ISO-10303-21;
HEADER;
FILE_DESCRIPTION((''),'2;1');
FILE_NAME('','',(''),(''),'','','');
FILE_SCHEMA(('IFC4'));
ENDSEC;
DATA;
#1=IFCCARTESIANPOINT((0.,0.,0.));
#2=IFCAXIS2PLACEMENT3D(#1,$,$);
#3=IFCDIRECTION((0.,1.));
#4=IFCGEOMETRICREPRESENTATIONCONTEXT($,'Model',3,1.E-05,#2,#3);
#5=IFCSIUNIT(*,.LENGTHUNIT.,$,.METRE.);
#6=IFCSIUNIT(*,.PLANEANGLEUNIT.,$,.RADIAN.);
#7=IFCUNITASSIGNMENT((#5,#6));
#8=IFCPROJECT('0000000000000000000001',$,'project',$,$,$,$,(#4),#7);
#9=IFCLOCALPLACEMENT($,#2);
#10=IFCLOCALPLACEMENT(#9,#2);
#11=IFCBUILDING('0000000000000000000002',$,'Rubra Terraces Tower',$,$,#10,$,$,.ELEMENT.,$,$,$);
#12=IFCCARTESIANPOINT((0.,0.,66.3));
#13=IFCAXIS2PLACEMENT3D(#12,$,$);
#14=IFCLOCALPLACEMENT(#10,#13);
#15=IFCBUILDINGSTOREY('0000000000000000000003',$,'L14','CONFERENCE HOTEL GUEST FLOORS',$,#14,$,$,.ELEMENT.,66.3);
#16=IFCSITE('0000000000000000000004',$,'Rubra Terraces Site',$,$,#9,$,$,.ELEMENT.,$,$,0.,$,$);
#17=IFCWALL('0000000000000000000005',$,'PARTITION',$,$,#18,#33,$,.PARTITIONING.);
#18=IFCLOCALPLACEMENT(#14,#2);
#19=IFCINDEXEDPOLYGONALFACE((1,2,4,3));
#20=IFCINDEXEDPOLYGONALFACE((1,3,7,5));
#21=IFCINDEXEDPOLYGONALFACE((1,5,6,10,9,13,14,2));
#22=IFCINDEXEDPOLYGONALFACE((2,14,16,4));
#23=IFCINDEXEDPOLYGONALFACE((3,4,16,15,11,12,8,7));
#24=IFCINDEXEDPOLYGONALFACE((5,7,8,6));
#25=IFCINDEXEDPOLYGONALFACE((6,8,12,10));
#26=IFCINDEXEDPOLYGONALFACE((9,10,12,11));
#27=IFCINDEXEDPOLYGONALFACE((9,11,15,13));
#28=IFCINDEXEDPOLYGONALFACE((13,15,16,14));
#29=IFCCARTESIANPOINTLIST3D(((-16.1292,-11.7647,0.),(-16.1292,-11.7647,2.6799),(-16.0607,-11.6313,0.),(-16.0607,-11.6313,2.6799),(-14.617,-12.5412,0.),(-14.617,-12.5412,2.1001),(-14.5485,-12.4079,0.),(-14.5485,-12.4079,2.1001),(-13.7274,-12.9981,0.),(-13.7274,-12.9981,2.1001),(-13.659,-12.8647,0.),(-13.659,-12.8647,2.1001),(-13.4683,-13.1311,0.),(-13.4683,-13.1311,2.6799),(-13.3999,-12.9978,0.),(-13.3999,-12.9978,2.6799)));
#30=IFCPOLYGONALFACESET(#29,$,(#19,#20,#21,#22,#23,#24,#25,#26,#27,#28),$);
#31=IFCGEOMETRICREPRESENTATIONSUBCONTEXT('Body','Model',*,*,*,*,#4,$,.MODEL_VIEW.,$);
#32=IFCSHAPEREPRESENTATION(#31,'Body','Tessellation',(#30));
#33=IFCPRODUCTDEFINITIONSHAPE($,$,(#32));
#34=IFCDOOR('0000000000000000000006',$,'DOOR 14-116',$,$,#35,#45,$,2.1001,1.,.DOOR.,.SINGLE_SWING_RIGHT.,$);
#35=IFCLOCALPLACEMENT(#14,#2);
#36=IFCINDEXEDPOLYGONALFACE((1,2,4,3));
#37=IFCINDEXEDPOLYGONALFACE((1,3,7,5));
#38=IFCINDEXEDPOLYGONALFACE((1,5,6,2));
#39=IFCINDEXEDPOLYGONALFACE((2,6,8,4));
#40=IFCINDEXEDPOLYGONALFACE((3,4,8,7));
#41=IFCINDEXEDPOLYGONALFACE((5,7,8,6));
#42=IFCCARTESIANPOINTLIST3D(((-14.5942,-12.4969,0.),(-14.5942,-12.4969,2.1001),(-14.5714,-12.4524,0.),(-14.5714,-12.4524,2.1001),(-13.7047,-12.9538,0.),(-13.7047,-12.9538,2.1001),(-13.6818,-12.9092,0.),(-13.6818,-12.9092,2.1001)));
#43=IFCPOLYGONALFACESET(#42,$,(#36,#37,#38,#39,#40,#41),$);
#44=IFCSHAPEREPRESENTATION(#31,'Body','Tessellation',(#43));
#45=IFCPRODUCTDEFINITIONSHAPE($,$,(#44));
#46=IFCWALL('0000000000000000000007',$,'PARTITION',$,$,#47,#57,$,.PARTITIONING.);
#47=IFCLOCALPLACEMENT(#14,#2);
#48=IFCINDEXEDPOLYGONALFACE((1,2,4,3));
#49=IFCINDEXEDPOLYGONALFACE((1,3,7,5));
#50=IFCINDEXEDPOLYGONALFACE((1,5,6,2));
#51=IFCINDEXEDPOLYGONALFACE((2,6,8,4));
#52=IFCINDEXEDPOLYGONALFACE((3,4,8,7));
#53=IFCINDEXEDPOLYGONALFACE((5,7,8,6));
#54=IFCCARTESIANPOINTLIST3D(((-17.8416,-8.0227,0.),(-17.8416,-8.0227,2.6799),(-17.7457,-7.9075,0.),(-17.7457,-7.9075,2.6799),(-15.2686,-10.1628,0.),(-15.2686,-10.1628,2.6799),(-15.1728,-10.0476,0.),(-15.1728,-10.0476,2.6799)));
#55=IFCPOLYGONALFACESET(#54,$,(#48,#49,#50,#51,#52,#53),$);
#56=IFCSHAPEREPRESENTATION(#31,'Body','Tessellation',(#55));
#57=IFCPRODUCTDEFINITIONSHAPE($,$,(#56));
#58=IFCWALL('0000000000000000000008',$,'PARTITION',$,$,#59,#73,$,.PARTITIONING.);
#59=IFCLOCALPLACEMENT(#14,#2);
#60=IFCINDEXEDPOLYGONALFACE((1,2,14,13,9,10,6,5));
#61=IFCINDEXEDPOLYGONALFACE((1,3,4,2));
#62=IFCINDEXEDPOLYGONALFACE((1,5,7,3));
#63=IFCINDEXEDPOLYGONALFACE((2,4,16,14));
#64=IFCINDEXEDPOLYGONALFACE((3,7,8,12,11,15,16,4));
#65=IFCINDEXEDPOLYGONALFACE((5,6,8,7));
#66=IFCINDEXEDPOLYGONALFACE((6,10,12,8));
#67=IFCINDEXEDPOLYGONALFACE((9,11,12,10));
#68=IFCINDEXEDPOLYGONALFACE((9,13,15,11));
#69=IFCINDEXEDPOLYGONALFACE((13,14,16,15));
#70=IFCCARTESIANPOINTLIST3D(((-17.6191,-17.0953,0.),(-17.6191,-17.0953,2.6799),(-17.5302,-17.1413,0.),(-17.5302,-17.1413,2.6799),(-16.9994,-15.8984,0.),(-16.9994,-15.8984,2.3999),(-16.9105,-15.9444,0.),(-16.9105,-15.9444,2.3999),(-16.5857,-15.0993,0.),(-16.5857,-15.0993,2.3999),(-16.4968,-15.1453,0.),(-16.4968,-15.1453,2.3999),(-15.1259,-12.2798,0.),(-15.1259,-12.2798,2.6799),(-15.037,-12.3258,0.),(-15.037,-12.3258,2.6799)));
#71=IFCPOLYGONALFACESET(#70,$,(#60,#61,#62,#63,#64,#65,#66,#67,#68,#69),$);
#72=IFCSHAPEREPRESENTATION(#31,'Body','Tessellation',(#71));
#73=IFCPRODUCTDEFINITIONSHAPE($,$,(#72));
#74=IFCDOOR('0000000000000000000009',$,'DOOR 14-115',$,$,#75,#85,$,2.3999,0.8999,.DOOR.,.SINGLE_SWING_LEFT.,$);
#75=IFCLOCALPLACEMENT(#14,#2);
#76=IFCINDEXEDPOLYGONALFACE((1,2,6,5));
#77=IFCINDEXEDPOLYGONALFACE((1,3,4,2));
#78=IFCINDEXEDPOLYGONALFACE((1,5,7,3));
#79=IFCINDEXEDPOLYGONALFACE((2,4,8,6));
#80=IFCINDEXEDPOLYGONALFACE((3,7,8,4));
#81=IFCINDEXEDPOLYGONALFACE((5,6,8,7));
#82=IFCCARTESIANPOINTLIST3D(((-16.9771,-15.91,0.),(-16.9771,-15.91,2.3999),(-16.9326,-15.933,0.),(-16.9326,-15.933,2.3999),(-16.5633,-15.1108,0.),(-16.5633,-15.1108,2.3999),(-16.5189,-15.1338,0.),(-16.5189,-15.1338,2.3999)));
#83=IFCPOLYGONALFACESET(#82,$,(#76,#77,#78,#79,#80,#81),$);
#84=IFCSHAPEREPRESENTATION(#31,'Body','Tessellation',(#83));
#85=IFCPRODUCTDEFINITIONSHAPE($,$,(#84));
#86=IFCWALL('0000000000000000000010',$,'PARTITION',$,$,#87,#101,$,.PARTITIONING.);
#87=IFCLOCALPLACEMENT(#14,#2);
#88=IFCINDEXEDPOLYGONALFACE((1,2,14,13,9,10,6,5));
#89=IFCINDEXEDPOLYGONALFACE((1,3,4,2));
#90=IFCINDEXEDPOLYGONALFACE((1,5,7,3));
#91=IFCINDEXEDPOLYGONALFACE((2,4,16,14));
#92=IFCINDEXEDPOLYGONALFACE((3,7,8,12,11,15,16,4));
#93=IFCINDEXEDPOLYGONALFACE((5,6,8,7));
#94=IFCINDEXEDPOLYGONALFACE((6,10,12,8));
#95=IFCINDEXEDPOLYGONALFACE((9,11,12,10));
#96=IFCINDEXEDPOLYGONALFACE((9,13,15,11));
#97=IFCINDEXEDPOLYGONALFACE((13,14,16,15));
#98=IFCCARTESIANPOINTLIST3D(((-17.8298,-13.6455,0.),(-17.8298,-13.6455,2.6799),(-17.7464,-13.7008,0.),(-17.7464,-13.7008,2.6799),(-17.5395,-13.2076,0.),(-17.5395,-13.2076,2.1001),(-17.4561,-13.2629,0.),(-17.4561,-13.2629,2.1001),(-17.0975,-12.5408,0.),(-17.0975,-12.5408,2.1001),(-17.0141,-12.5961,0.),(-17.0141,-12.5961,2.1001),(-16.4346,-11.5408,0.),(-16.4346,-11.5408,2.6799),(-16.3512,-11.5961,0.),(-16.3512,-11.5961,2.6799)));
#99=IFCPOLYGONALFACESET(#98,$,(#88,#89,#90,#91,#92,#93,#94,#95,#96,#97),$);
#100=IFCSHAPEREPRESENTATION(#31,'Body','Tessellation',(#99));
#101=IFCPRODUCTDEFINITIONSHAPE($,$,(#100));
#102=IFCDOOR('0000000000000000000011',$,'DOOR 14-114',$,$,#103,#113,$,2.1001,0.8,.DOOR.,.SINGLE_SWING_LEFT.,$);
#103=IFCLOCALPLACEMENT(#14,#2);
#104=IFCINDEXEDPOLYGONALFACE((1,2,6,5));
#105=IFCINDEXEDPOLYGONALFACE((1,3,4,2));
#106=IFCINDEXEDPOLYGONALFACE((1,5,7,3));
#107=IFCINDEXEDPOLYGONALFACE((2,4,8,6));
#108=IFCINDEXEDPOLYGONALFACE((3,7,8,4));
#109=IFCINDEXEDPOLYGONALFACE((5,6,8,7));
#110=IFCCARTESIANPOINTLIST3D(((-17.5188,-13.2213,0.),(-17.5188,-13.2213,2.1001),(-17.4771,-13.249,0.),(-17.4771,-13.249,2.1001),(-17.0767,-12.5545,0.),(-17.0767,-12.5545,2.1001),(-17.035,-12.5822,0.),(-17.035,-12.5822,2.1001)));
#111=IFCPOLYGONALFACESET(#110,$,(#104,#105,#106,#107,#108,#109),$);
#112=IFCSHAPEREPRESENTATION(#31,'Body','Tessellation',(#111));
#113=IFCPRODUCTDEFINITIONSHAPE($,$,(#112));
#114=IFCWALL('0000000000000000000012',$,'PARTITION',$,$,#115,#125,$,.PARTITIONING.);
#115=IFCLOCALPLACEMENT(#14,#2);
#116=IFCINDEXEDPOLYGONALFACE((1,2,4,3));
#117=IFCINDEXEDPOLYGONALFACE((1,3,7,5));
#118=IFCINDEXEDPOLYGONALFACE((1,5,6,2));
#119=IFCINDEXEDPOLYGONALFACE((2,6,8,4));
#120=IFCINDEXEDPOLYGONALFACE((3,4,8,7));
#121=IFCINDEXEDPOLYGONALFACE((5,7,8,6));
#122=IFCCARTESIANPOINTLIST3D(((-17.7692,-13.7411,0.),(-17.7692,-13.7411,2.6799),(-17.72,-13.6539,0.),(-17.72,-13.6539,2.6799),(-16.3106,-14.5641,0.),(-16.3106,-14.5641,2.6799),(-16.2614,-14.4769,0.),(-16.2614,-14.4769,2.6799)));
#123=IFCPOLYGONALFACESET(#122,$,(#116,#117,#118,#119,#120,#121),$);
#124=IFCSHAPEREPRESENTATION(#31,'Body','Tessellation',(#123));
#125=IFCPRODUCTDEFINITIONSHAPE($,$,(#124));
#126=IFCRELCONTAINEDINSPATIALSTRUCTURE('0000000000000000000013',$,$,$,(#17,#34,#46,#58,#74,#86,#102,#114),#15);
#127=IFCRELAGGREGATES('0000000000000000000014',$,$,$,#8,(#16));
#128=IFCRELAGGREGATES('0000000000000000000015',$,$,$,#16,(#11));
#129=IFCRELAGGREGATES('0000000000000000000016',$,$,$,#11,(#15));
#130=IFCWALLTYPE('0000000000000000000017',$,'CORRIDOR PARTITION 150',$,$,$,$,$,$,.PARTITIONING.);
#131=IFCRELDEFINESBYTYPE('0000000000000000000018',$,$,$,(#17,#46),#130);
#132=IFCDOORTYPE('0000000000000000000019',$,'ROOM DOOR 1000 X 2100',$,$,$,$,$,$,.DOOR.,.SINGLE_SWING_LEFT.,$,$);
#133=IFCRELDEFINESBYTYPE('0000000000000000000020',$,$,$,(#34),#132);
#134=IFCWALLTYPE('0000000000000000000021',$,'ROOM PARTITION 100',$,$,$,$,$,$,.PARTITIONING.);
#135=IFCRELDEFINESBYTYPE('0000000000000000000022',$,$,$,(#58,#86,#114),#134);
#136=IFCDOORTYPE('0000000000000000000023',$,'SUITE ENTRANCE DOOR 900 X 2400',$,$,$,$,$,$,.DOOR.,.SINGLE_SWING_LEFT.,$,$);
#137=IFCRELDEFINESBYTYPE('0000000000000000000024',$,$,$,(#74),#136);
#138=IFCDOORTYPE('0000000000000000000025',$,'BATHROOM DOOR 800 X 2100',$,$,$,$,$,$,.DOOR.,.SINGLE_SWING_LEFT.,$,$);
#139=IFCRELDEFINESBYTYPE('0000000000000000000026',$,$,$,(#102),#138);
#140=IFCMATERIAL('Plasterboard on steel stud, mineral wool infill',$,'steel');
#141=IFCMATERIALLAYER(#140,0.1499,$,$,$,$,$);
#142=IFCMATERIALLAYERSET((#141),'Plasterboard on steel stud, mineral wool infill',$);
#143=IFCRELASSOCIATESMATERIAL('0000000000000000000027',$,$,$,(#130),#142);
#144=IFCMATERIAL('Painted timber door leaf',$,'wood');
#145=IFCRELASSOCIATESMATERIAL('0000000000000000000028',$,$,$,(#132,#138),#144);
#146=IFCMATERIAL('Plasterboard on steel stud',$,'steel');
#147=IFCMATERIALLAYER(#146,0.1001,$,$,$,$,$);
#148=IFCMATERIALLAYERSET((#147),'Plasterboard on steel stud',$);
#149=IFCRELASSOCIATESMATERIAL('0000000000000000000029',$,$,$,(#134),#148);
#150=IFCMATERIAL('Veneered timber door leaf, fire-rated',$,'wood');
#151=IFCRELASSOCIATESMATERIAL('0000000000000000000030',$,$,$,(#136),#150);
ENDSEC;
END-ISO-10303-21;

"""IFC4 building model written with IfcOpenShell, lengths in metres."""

from ifc_helpers import new_model, si_unit, direction, frame, frame_2d, origin, place, context, subcontext, project, spatial, rectangle, extrude, material, layer, layer_set, type_object, element, fill, save


model = new_model("IFC4")

# Units and contexts
model_context = context("Model", 3, precision=1e-05, world=origin(), true_north=direction((0.0, 1.0)))
body_context = subcontext(model_context, "Body", "Model", "MODEL_VIEW")
ifc_project = project(units=[si_unit("LENGTHUNIT", "METRE"), si_unit("PLANEANGLEUNIT", "RADIAN")], contexts=[model_context])

# Site, building, storey
site_placement = place(None, origin())
site = spatial("IfcSite", under=ifc_project, at=site_placement, Name="Rubra Terraces Site", CompositionType="ELEMENT", RefElevation=0.0)
building_placement = place(site_placement, origin())
building = spatial("IfcBuilding", under=site, at=building_placement, Name="Rubra Terraces Tower", CompositionType="ELEMENT")
storey_placement = place(building_placement, frame((0.0, 0.0, 66.3)))
storey = spatial("IfcBuildingStorey", under=building, at=storey_placement, Name="L14", Description="CONFERENCE HOTEL GUEST FLOORS", CompositionType="ELEMENT", Elevation=66.3)

# Wall, opening, door
ifc_material_1 = material(Name="Plasterboard on steel stud, mineral wool infill", Category="steel")
ifc_layer_1 = layer(ifc_material_1, 0.1499)
ifc_layer_set_1 = layer_set([ifc_layer_1], Name="Plasterboard on steel stud, mineral wool infill")
wall_type_1 = type_object("IfcWallType", Name="CORRIDOR PARTITION 150", PredefinedType="PARTITIONING", material=ifc_layer_set_1)
wall_1_placement = place(storey_placement, frame((-16.095, -11.698, 0.0), z_axis=(0.0, 0.0, 1.0), x_axis=(0.88956, -0.456819, 0.0)))
wall_1 = element("IfcWall", 1, at=wall_1_placement, inside=storey, type_object=wall_type_1, Name="PARTITION", PredefinedType="PARTITIONING", context=body_context, shape_type="SweptSolid", body=[
    extrude(rectangle(XDim=2.9912, YDim=0.1499, at=frame_2d((1.4956, 0.0))), origin(), (0.0, 0.0, 1.0), 2.6799),
])
opening_1_placement = place(wall_1_placement, frame((1.7, 0.0, 0.0)))
opening_1 = element("IfcOpeningElement", 2, at=opening_1_placement, cuts=wall_1, PredefinedType="OPENING", context=body_context, shape_type="SweptSolid", body=[
    extrude(rectangle(XDim=1.0, YDim=2.1001, at=frame_2d((0.5, 1.05))), frame((0.0, 0.085, 0.0), z_axis=(0.0, -1.0, 0.0), x_axis=(1.0, 0.0, 0.0)), (0.0, 0.0, 1.0), 0.1699),
])
ifc_material_2 = material(Name="Painted timber door leaf", Category="wood")
door_type_1 = type_object("IfcDoorType", Name="ROOM DOOR 1000 X 2100", OperationType="SINGLE_SWING_LEFT", PredefinedType="DOOR", material=ifc_material_2)
door_1_placement = place(opening_1_placement, origin())
door_1 = element("IfcDoor", 3, at=door_1_placement, inside=storey, type_object=door_type_1, Name="DOOR 14-116", OperationType="SINGLE_SWING_RIGHT", OverallHeight=2.1001, OverallWidth=1.0, PredefinedType="DOOR", context=body_context, shape_type="SweptSolid", body=[
    extrude(rectangle(XDim=1.0, YDim=2.1001, at=frame_2d((0.5, 1.05))), frame((0.0, 0.0249, 0.0), z_axis=(0.0, -1.0, 0.0), x_axis=(1.0, 0.0, 0.0)), (0.0, 0.0, 1.0), 0.05),
])
fill(opening_1, door_1)

# Wall
wall_2_placement = place(storey_placement, frame((-15.2207, -10.1052, 0.0), z_axis=(0.0, 0.0, 1.0), x_axis=(-0.768813, 0.639474, 0.0)))
element("IfcWall", 4, at=wall_2_placement, inside=storey, type_object=wall_type_1, Name="PARTITION", PredefinedType="PARTITIONING", context=body_context, shape_type="SweptSolid", body=[
    extrude(rectangle(XDim=3.3467, YDim=0.1499, at=frame_2d((1.6733, 0.0))), origin(), (0.0, 0.0, 1.0), 2.6799),
])

# Walls, openings, doors
ifc_material_3 = material(Name="Plasterboard on steel stud", Category="steel")
ifc_layer_2 = layer(ifc_material_3, 0.1001)
ifc_layer_set_2 = layer_set([ifc_layer_2], Name="Plasterboard on steel stud")
wall_type_2 = type_object("IfcWallType", Name="ROOM PARTITION 100", PredefinedType="PARTITIONING", material=ifc_layer_set_2)
wall_3_placement = place(storey_placement, frame((-17.5747, -17.1184, 0.0), z_axis=(0.0, 0.0, 1.0), x_axis=(0.459776, 0.888035, 0.0)))
wall_3 = element("IfcWall", 5, at=wall_3_placement, inside=storey, type_object=wall_type_2, Name="PARTITION", PredefinedType="PARTITIONING", context=body_context, shape_type="SweptSolid", body=[
    extrude(rectangle(XDim=5.4226, YDim=0.1001, at=frame_2d((2.7114, 0.0))), origin(), (0.0, 0.0, 1.0), 2.6799),
])
opening_2_placement = place(wall_3_placement, frame((1.3479, 0.0, 0.0)))
opening_2 = element("IfcOpeningElement", 6, at=opening_2_placement, cuts=wall_3, PredefinedType="OPENING", context=body_context, shape_type="SweptSolid", body=[
    extrude(rectangle(XDim=0.8999, YDim=2.3999, at=frame_2d((0.45, 1.2))), frame((0.0, 0.0601, 0.0), z_axis=(0.0, -1.0, 0.0), x_axis=(1.0, 0.0, 0.0)), (0.0, 0.0, 1.0), 0.1201),
])
ifc_material_4 = material(Name="Veneered timber door leaf, fire-rated", Category="wood")
door_type_2 = type_object("IfcDoorType", Name="SUITE ENTRANCE DOOR 900 X 2400", OperationType="SINGLE_SWING_LEFT", PredefinedType="DOOR", material=ifc_material_4)
door_2_placement = place(opening_2_placement, origin())
door_2 = element("IfcDoor", 7, at=door_2_placement, inside=storey, type_object=door_type_2, Name="DOOR 14-115", OperationType="SINGLE_SWING_LEFT", OverallHeight=2.3999, OverallWidth=0.8999, PredefinedType="DOOR", context=body_context, shape_type="SweptSolid", body=[
    extrude(rectangle(XDim=0.8999, YDim=2.3999, at=frame_2d((0.45, 1.2))), frame((0.0, 0.0249, 0.0), z_axis=(0.0, -1.0, 0.0), x_axis=(1.0, 0.0, 0.0)), (0.0, 0.0, 1.0), 0.05),
])
fill(opening_2, door_2)
wall_4_placement = place(storey_placement, frame((-16.3928, -11.5684, 0.0), z_axis=(0.0, 0.0, 1.0), x_axis=(-0.552534, -0.83349, 0.0)))
wall_4 = element("IfcWall", 8, at=wall_4_placement, inside=storey, type_object=wall_type_2, Name="PARTITION", PredefinedType="PARTITIONING", context=body_context, shape_type="SweptSolid", body=[
    extrude(rectangle(XDim=2.5251, YDim=0.1001, at=frame_2d((1.2627, 0.0))), origin(), (0.0, 0.0, 1.0), 2.6799),
])
opening_3_placement = place(wall_4_placement, frame((1.2, 0.0, 0.0)))
opening_3 = element("IfcOpeningElement", 9, at=opening_3_placement, cuts=wall_4, PredefinedType="OPENING", context=body_context, shape_type="SweptSolid", body=[
    extrude(rectangle(XDim=0.8, YDim=2.1001, at=frame_2d((0.3999, 1.05))), frame((0.0, 0.0601, 0.0), z_axis=(0.0, -1.0, 0.0), x_axis=(1.0, 0.0, 0.0)), (0.0, 0.0, 1.0), 0.1201),
])
door_type_3 = type_object("IfcDoorType", Name="BATHROOM DOOR 800 X 2100", OperationType="SINGLE_SWING_LEFT", PredefinedType="DOOR", material=ifc_material_2)
door_3_placement = place(opening_3_placement, origin())
door_3 = element("IfcDoor", 10, at=door_3_placement, inside=storey, type_object=door_type_3, Name="DOOR 14-114", OperationType="SINGLE_SWING_LEFT", OverallHeight=2.1001, OverallWidth=0.8, PredefinedType="DOOR", context=body_context, shape_type="SweptSolid", body=[
    extrude(rectangle(XDim=0.8, YDim=2.1001, at=frame_2d((0.3999, 1.05))), frame((0.0, 0.0249, 0.0), z_axis=(0.0, -1.0, 0.0), x_axis=(1.0, 0.0, 0.0)), (0.0, 0.0, 1.0), 0.05),
])
fill(opening_3, door_3)

# Wall
wall_5_placement = place(storey_placement, frame((-17.7446, -13.6975, 0.0), z_axis=(0.0, 0.0, 1.0), x_axis=(0.870948, -0.491375, 0.0)))
element("IfcWall", 11, at=wall_5_placement, inside=storey, type_object=wall_type_2, Name="PARTITION", PredefinedType="PARTITIONING", context=body_context, shape_type="SweptSolid", body=[
    extrude(rectangle(XDim=1.6748, YDim=0.1001, at=frame_2d((0.8374, 0.0))), origin(), (0.0, 0.0, 1.0), 2.6799),
])

save(model, "model.ifc")
